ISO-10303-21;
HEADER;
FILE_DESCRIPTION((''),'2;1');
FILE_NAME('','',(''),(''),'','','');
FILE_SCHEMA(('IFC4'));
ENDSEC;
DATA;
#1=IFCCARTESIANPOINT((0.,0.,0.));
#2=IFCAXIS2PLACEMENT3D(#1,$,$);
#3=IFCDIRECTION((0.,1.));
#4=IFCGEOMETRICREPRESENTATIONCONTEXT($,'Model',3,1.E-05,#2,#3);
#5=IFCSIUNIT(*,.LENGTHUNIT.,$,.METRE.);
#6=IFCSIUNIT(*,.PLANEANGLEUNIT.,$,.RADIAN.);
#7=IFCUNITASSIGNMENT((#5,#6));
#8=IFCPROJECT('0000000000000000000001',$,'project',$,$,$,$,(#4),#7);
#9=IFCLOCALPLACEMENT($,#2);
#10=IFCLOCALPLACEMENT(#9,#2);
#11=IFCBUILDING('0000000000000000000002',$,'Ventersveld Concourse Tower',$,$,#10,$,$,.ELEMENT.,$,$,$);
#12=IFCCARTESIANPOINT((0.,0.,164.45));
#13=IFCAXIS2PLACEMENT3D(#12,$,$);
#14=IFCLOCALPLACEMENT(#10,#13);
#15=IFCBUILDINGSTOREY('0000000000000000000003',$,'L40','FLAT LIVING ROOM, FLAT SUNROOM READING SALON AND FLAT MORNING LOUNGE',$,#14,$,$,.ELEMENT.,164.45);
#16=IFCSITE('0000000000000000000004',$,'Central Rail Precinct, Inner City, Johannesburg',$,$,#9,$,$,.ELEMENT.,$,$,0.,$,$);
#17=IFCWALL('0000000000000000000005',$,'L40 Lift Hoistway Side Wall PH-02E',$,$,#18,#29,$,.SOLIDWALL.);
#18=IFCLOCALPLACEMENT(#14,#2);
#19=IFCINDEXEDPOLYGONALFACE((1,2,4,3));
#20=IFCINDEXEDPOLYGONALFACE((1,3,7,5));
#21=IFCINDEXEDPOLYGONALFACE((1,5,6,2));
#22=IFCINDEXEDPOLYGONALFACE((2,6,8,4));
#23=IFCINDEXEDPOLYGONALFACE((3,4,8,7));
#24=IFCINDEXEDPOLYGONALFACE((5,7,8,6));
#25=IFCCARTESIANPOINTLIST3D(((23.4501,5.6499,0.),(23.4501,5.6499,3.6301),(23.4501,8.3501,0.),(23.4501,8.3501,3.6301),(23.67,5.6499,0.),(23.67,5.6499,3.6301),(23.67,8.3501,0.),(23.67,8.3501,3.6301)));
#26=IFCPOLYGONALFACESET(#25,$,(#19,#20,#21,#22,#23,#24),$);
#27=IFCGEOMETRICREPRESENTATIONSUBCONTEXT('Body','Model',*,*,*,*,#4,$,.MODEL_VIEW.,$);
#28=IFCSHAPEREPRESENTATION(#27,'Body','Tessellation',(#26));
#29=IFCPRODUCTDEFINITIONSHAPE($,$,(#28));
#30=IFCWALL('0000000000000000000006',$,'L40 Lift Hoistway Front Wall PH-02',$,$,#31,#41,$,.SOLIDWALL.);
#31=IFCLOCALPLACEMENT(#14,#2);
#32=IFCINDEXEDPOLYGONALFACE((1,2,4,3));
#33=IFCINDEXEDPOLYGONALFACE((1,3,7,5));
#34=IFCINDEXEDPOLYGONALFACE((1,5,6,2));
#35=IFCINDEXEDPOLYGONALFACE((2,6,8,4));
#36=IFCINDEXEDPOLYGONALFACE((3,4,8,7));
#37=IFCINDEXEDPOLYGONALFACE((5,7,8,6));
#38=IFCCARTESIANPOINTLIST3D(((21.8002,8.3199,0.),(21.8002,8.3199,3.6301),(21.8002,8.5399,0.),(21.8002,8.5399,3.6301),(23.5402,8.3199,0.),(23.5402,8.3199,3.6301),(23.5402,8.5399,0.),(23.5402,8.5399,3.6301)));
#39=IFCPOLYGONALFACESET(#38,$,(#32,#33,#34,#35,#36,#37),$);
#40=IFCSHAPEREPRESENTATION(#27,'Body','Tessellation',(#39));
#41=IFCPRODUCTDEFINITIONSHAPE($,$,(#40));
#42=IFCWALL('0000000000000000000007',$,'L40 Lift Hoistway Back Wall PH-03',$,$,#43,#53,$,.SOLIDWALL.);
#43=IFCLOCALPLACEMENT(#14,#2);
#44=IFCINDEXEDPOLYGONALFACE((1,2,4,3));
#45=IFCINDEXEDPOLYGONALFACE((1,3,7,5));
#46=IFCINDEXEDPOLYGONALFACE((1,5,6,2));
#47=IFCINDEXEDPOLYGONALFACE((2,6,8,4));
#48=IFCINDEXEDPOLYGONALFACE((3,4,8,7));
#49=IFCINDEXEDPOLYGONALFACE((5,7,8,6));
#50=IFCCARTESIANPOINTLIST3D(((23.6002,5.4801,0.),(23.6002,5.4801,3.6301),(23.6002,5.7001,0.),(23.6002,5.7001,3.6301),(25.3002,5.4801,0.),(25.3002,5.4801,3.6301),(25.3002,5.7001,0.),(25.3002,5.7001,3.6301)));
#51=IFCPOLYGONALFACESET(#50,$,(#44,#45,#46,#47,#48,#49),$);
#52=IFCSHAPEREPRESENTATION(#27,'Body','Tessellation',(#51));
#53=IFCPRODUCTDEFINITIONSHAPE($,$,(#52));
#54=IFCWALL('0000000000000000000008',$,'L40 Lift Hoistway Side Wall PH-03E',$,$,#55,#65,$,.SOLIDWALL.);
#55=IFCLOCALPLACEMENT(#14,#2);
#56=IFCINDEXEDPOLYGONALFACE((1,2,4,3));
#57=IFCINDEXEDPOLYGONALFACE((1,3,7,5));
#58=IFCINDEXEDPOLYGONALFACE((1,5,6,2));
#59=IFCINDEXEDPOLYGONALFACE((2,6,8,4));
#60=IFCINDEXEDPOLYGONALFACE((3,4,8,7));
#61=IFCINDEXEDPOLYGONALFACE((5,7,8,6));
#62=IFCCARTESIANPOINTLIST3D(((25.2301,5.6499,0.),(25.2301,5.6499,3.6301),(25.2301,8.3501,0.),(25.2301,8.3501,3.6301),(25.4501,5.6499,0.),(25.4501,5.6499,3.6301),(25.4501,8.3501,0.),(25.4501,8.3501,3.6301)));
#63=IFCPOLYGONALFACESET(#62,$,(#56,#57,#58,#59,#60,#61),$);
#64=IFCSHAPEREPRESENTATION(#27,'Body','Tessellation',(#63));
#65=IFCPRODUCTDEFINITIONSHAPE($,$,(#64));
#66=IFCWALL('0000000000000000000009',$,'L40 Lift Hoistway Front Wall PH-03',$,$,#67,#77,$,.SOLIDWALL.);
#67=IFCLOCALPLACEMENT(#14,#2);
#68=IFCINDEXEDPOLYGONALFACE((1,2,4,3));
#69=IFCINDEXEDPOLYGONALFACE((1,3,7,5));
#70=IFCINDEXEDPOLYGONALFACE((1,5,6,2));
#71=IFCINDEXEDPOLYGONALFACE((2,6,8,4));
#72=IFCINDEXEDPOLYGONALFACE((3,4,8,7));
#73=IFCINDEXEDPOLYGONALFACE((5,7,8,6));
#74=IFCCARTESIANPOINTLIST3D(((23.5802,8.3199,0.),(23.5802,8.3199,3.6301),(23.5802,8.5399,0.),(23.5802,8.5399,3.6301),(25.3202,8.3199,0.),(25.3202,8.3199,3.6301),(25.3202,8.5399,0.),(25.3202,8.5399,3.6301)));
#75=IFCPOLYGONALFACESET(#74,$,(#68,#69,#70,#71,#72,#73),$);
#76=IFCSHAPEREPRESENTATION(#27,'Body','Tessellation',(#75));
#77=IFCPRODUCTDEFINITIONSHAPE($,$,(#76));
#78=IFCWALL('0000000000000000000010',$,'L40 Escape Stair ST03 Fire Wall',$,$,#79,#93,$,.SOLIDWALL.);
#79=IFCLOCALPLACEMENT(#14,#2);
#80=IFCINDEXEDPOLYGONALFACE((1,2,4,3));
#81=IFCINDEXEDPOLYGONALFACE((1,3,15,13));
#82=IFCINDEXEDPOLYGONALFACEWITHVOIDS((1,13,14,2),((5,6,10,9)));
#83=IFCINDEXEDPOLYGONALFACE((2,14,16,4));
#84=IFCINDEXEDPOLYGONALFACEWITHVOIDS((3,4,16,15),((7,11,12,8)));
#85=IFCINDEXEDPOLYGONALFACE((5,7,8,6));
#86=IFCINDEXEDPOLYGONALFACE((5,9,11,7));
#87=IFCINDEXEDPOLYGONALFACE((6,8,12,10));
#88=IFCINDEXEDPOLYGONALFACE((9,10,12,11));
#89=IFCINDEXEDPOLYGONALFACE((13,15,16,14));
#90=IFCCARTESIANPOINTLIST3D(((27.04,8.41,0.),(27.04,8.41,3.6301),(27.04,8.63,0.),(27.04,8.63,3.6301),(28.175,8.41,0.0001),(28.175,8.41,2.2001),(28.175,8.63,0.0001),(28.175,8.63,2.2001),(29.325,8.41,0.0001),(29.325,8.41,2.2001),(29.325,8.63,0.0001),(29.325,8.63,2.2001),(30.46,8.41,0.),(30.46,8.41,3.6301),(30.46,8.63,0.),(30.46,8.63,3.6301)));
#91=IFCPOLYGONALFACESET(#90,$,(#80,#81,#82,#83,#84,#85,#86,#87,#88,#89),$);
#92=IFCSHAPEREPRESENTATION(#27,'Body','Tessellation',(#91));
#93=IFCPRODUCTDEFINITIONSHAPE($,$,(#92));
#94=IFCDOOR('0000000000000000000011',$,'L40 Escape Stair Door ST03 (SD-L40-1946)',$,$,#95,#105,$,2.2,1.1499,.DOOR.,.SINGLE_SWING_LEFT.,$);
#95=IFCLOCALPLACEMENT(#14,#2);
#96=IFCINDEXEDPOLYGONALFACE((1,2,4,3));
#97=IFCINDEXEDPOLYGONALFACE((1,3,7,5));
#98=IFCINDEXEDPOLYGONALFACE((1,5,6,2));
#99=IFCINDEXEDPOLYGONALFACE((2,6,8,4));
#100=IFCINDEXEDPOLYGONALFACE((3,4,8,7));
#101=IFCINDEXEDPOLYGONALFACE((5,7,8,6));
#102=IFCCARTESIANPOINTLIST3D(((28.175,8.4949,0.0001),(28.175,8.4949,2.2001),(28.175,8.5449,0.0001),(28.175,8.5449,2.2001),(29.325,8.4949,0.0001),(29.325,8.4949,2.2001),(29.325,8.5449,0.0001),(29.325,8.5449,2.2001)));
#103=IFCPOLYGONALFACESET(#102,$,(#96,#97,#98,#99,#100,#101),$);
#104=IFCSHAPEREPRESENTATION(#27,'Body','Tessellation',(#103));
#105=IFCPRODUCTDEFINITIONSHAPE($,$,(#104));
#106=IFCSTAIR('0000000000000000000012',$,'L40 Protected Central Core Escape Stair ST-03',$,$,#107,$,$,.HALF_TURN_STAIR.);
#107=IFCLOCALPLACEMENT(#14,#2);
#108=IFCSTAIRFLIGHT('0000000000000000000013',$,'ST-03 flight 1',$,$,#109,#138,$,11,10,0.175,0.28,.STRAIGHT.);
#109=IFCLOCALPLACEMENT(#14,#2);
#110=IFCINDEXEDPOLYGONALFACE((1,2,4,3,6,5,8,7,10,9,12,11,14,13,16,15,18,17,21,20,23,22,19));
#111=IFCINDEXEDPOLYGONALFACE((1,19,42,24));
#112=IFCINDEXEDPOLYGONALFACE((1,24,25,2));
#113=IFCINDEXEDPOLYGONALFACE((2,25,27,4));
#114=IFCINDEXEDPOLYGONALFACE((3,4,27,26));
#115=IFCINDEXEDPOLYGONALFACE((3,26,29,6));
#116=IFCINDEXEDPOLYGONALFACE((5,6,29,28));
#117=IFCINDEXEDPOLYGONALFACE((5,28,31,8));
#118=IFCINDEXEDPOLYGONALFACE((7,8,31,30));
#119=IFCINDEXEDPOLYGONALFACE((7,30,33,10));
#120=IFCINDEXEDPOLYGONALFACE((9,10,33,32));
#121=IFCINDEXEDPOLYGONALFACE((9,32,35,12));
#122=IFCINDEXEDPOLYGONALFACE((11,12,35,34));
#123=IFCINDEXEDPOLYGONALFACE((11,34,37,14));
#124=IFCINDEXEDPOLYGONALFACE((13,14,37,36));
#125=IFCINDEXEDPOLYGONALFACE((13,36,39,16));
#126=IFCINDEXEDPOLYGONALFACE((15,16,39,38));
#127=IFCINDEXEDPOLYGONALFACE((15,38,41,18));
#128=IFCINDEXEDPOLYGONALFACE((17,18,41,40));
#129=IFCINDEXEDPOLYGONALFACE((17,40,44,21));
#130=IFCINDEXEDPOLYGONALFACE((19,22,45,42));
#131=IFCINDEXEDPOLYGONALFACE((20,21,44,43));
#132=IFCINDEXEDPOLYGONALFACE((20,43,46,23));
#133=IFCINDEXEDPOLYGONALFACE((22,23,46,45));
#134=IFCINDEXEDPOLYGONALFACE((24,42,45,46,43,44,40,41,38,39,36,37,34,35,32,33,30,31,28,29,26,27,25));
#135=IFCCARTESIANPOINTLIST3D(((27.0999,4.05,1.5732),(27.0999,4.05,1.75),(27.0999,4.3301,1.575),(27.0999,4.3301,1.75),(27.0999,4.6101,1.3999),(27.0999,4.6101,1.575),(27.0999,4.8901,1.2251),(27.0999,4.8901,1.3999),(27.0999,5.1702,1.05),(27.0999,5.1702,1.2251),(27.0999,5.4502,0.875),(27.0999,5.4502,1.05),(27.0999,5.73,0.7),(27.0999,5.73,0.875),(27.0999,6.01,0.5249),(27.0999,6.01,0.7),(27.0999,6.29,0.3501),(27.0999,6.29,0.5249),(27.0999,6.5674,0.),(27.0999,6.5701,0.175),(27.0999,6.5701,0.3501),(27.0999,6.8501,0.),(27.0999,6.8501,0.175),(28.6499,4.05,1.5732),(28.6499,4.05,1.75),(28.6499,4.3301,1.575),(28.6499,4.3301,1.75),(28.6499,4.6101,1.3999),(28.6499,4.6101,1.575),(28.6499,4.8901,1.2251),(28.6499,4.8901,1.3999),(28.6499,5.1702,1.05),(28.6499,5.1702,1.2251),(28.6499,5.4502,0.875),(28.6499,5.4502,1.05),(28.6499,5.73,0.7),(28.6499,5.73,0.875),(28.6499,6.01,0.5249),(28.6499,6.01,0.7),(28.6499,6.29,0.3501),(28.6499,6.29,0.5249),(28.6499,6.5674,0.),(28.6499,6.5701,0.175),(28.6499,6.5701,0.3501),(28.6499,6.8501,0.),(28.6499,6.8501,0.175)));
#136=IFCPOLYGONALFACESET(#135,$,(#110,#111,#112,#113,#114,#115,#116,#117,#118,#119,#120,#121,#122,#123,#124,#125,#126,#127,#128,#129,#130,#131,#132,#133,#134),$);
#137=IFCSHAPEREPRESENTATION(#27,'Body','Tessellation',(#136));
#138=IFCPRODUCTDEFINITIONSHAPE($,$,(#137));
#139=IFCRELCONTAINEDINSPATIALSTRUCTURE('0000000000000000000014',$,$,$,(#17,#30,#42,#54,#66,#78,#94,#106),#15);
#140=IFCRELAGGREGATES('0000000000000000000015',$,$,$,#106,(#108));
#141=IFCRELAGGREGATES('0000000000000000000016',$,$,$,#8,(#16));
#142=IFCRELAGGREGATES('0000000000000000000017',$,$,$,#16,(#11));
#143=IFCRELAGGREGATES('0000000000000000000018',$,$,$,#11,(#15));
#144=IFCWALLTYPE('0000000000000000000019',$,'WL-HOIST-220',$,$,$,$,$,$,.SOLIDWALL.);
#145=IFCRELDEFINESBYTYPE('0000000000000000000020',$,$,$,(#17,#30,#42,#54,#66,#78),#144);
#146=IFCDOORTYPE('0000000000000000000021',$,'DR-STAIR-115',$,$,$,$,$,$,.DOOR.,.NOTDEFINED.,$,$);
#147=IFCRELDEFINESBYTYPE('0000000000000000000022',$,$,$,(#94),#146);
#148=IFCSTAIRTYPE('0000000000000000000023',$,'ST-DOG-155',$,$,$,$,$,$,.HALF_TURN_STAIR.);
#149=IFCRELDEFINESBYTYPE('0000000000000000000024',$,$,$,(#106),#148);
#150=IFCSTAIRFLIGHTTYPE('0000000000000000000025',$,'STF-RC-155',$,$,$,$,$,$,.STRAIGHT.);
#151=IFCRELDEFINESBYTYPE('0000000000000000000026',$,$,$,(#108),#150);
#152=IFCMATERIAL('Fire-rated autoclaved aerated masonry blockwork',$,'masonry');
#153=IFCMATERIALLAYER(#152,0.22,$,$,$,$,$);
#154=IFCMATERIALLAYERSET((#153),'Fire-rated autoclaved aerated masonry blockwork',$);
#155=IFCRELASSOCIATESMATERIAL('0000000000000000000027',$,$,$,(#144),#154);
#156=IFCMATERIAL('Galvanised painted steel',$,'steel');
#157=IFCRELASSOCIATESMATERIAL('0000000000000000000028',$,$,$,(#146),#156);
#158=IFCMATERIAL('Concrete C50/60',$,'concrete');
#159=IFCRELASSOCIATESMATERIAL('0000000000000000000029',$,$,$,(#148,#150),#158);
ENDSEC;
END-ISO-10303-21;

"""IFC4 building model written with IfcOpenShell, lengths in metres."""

from ifc_helpers import new_model, si_unit, direction, frame, frame_2d, origin, place, context, subcontext, project, spatial, polyline, rectangle, outline, extrude, material, layer, layer_set, type_object, element, fill, aggregate, save


model = new_model("IFC4")

# Units and contexts
model_context = context("Model", 3, precision=1e-05, world=origin(), true_north=direction((0.0, 1.0)))
body_context = subcontext(model_context, "Body", "Model", "MODEL_VIEW")
ifc_project = project(units=[si_unit("LENGTHUNIT", "METRE"), si_unit("PLANEANGLEUNIT", "RADIAN")], contexts=[model_context])

# Site, building, storey
site_placement = place(None, origin())
site = spatial("IfcSite", under=ifc_project, at=site_placement, Name="Central Rail Precinct, Inner City, Johannesburg", CompositionType="ELEMENT", RefElevation=0.0)
building_placement = place(site_placement, origin())
building = spatial("IfcBuilding", under=site, at=building_placement, Name="Ventersveld Concourse Tower", CompositionType="ELEMENT")
storey_placement = place(building_placement, frame((0.0, 0.0, 164.45)))
storey = spatial("IfcBuildingStorey", under=building, at=storey_placement, Name="L40", Description="FLAT LIVING ROOM, FLAT SUNROOM READING SALON AND FLAT MORNING LOUNGE", CompositionType="ELEMENT", Elevation=164.45)

# Shared definitions
ifc_material_1 = material(Name="Concrete C50/60", Category="concrete")

# Shared definitions
ifc_material_2 = material(Name="Fire-rated autoclaved aerated masonry blockwork", Category="masonry")
ifc_material_3 = material(Name="Galvanised painted steel", Category="steel")

# Walls
ifc_layer_1 = layer(ifc_material_2, 0.22)
ifc_layer_set_1 = layer_set([ifc_layer_1], Name="Fire-rated autoclaved aerated masonry blockwork")
wall_type_1 = type_object("IfcWallType", Name="WL-HOIST-220", PredefinedType="SOLIDWALL", material=ifc_layer_set_1)
wall_1_placement = place(storey_placement, frame((23.5601, 5.6499, 0.0), z_axis=(0.0, 0.0, 1.0), x_axis=(0.0, 1.0, 0.0)))
element("IfcWall", 1, at=wall_1_placement, inside=storey, type_object=wall_type_1, Name="L40 Lift Hoistway Side Wall PH-02E", PredefinedType="SOLIDWALL", context=body_context, shape_type="SweptSolid", body=[
    extrude(rectangle(XDim=2.7002, YDim=0.22, at=frame_2d((1.3501, 0.0))), origin(), (0.0, 0.0, 1.0), 3.6301),
])
wall_2_placement = place(storey_placement, frame((21.8, 8.4299, 0.0), z_axis=(0.0, 0.0, 1.0), x_axis=(1.0, 0.0, 0.0)))
element("IfcWall", 2, at=wall_2_placement, inside=storey, type_object=wall_type_1, Name="L40 Lift Hoistway Front Wall PH-02", PredefinedType="SOLIDWALL", context=body_context, shape_type="SweptSolid", body=[
    extrude(rectangle(XDim=1.74, YDim=0.22, at=frame_2d((0.8701, 0.0))), origin(), (0.0, 0.0, 1.0), 3.6301),
])
wall_3_placement = place(storey_placement, frame((23.6001, 5.5901, 0.0), z_axis=(0.0, 0.0, 1.0), x_axis=(1.0, 0.0, 0.0)))
element("IfcWall", 3, at=wall_3_placement, inside=storey, type_object=wall_type_1, Name="L40 Lift Hoistway Back Wall PH-03", PredefinedType="SOLIDWALL", context=body_context, shape_type="SweptSolid", body=[
    extrude(rectangle(XDim=1.7, YDim=0.22, at=frame_2d((0.8501, 0.0))), origin(), (0.0, 0.0, 1.0), 3.6301),
])
wall_4_placement = place(storey_placement, frame((25.3401, 5.6499, 0.0), z_axis=(0.0, 0.0, 1.0), x_axis=(0.0, 1.0, 0.0)))
element("IfcWall", 4, at=wall_4_placement, inside=storey, type_object=wall_type_1, Name="L40 Lift Hoistway Side Wall PH-03E", PredefinedType="SOLIDWALL", context=body_context, shape_type="SweptSolid", body=[
    extrude(rectangle(XDim=2.7002, YDim=0.22, at=frame_2d((1.3501, 0.0))), origin(), (0.0, 0.0, 1.0), 3.6301),
])
wall_5_placement = place(storey_placement, frame((23.5801, 8.4299, 0.0), z_axis=(0.0, 0.0, 1.0), x_axis=(1.0, 0.0, 0.0)))
element("IfcWall", 5, at=wall_5_placement, inside=storey, type_object=wall_type_1, Name="L40 Lift Hoistway Front Wall PH-03", PredefinedType="SOLIDWALL", context=body_context, shape_type="SweptSolid", body=[
    extrude(rectangle(XDim=1.74, YDim=0.22, at=frame_2d((0.8701, 0.0))), origin(), (0.0, 0.0, 1.0), 3.6301),
])

# Wall, opening, door
wall_6_placement = place(storey_placement, frame((27.04, 8.52, 0.0), z_axis=(0.0, 0.0, 1.0), x_axis=(1.0, 0.0, 0.0)))
wall_6 = element("IfcWall", 6, at=wall_6_placement, inside=storey, type_object=wall_type_1, Name="L40 Escape Stair ST03 Fire Wall", PredefinedType="SOLIDWALL", context=body_context, shape_type="SweptSolid", body=[
    extrude(rectangle(XDim=3.4199, YDim=0.22, at=frame_2d((1.71, 0.0))), origin(), (0.0, 0.0, 1.0), 3.6301),
])
opening_1_placement = place(wall_6_placement, frame((1.135, 0.0, 0.0)))
opening_1 = element("IfcOpeningElement", 7, at=opening_1_placement, cuts=wall_6, PredefinedType="OPENING", context=body_context, shape_type="SweptSolid", body=[
    extrude(rectangle(XDim=1.1499, YDim=2.2, at=frame_2d((0.575, 1.1001))), frame((0.0, 0.1201, 0.0), z_axis=(0.0, -1.0, 0.0), x_axis=(1.0, 0.0, 0.0)), (0.0, 0.0, 1.0), 0.24),
])
door_type_1 = type_object("IfcDoorType", Name="DR-STAIR-115", OperationType="NOTDEFINED", PredefinedType="DOOR", material=ifc_material_3)
door_1_placement = place(opening_1_placement, origin())
door_1 = element("IfcDoor", 8, at=door_1_placement, inside=storey, type_object=door_type_1, Name="L40 Escape Stair Door ST03 (SD-L40-1946)", OperationType="SINGLE_SWING_LEFT", OverallHeight=2.2, OverallWidth=1.1499, PredefinedType="DOOR", context=body_context, shape_type="SweptSolid", body=[
    extrude(rectangle(XDim=1.1499, YDim=2.2, at=frame_2d((0.575, 1.1001))), frame((0.0, 0.0249, 0.0), z_axis=(0.0, -1.0, 0.0), x_axis=(1.0, 0.0, 0.0)), (0.0, 0.0, 1.0), 0.05),
])
fill(opening_1, door_1)

# Stair, stair flight
stair_type = type_object("IfcStairType", Name="ST-DOG-155", PredefinedType="HALF_TURN_STAIR", material=ifc_material_1)
stair_placement = place(storey_placement, origin())
stair = element("IfcStair", 9, at=stair_placement, inside=storey, type_object=stair_type, Name="L40 Protected Central Core Escape Stair ST-03", PredefinedType="HALF_TURN_STAIR")
stair_flight_type = type_object("IfcStairFlightType", Name="STF-RC-155", PredefinedType="STRAIGHT", material=ifc_material_1)
stair_flight_placement = place(storey_placement, frame((27.875, 6.8501, 0.0), z_axis=(0.0, 0.0, 1.0), x_axis=(0.0, -1.0, 0.0)))
stair_flight = element("IfcStairFlight", 10, at=stair_flight_placement, type_object=stair_flight_type, Name="ST-03 flight 1", NumberOfRisers=11, NumberOfTreads=10, PredefinedType="STRAIGHT", RiserHeight=0.175, TreadLength=0.28, context=body_context, shape_type="SweptSolid", body=[
    extrude(outline(polyline([(0.0, 0.0), (0.0, 0.175), (0.28, 0.175), (0.28, 0.3501), (0.5601, 0.3501), (0.5601, 0.5249), (0.8401, 0.5249), (0.8401, 0.7), (1.1201, 0.7), (1.1201, 0.875), (1.3999, 0.875), (1.3999, 1.05), (1.6799, 1.05), (1.6799, 1.2251), (1.96, 1.2251), (1.96, 1.3999), (2.24, 1.3999), (2.24, 1.575), (2.52, 1.575), (2.52, 1.75), (2.8, 1.75), (2.8, 1.925), (2.8, 1.5732), (0.2827, 0.0), (0.0, 0.0)])), frame((0.0, 0.7749, 0.0), z_axis=(0.0, -1.0, 0.0), x_axis=(1.0, 0.0, 0.0)), (0.0, 0.0, 1.0), 1.55),
])
aggregate(stair, [stair_flight])

save(model, "model.ifc")
